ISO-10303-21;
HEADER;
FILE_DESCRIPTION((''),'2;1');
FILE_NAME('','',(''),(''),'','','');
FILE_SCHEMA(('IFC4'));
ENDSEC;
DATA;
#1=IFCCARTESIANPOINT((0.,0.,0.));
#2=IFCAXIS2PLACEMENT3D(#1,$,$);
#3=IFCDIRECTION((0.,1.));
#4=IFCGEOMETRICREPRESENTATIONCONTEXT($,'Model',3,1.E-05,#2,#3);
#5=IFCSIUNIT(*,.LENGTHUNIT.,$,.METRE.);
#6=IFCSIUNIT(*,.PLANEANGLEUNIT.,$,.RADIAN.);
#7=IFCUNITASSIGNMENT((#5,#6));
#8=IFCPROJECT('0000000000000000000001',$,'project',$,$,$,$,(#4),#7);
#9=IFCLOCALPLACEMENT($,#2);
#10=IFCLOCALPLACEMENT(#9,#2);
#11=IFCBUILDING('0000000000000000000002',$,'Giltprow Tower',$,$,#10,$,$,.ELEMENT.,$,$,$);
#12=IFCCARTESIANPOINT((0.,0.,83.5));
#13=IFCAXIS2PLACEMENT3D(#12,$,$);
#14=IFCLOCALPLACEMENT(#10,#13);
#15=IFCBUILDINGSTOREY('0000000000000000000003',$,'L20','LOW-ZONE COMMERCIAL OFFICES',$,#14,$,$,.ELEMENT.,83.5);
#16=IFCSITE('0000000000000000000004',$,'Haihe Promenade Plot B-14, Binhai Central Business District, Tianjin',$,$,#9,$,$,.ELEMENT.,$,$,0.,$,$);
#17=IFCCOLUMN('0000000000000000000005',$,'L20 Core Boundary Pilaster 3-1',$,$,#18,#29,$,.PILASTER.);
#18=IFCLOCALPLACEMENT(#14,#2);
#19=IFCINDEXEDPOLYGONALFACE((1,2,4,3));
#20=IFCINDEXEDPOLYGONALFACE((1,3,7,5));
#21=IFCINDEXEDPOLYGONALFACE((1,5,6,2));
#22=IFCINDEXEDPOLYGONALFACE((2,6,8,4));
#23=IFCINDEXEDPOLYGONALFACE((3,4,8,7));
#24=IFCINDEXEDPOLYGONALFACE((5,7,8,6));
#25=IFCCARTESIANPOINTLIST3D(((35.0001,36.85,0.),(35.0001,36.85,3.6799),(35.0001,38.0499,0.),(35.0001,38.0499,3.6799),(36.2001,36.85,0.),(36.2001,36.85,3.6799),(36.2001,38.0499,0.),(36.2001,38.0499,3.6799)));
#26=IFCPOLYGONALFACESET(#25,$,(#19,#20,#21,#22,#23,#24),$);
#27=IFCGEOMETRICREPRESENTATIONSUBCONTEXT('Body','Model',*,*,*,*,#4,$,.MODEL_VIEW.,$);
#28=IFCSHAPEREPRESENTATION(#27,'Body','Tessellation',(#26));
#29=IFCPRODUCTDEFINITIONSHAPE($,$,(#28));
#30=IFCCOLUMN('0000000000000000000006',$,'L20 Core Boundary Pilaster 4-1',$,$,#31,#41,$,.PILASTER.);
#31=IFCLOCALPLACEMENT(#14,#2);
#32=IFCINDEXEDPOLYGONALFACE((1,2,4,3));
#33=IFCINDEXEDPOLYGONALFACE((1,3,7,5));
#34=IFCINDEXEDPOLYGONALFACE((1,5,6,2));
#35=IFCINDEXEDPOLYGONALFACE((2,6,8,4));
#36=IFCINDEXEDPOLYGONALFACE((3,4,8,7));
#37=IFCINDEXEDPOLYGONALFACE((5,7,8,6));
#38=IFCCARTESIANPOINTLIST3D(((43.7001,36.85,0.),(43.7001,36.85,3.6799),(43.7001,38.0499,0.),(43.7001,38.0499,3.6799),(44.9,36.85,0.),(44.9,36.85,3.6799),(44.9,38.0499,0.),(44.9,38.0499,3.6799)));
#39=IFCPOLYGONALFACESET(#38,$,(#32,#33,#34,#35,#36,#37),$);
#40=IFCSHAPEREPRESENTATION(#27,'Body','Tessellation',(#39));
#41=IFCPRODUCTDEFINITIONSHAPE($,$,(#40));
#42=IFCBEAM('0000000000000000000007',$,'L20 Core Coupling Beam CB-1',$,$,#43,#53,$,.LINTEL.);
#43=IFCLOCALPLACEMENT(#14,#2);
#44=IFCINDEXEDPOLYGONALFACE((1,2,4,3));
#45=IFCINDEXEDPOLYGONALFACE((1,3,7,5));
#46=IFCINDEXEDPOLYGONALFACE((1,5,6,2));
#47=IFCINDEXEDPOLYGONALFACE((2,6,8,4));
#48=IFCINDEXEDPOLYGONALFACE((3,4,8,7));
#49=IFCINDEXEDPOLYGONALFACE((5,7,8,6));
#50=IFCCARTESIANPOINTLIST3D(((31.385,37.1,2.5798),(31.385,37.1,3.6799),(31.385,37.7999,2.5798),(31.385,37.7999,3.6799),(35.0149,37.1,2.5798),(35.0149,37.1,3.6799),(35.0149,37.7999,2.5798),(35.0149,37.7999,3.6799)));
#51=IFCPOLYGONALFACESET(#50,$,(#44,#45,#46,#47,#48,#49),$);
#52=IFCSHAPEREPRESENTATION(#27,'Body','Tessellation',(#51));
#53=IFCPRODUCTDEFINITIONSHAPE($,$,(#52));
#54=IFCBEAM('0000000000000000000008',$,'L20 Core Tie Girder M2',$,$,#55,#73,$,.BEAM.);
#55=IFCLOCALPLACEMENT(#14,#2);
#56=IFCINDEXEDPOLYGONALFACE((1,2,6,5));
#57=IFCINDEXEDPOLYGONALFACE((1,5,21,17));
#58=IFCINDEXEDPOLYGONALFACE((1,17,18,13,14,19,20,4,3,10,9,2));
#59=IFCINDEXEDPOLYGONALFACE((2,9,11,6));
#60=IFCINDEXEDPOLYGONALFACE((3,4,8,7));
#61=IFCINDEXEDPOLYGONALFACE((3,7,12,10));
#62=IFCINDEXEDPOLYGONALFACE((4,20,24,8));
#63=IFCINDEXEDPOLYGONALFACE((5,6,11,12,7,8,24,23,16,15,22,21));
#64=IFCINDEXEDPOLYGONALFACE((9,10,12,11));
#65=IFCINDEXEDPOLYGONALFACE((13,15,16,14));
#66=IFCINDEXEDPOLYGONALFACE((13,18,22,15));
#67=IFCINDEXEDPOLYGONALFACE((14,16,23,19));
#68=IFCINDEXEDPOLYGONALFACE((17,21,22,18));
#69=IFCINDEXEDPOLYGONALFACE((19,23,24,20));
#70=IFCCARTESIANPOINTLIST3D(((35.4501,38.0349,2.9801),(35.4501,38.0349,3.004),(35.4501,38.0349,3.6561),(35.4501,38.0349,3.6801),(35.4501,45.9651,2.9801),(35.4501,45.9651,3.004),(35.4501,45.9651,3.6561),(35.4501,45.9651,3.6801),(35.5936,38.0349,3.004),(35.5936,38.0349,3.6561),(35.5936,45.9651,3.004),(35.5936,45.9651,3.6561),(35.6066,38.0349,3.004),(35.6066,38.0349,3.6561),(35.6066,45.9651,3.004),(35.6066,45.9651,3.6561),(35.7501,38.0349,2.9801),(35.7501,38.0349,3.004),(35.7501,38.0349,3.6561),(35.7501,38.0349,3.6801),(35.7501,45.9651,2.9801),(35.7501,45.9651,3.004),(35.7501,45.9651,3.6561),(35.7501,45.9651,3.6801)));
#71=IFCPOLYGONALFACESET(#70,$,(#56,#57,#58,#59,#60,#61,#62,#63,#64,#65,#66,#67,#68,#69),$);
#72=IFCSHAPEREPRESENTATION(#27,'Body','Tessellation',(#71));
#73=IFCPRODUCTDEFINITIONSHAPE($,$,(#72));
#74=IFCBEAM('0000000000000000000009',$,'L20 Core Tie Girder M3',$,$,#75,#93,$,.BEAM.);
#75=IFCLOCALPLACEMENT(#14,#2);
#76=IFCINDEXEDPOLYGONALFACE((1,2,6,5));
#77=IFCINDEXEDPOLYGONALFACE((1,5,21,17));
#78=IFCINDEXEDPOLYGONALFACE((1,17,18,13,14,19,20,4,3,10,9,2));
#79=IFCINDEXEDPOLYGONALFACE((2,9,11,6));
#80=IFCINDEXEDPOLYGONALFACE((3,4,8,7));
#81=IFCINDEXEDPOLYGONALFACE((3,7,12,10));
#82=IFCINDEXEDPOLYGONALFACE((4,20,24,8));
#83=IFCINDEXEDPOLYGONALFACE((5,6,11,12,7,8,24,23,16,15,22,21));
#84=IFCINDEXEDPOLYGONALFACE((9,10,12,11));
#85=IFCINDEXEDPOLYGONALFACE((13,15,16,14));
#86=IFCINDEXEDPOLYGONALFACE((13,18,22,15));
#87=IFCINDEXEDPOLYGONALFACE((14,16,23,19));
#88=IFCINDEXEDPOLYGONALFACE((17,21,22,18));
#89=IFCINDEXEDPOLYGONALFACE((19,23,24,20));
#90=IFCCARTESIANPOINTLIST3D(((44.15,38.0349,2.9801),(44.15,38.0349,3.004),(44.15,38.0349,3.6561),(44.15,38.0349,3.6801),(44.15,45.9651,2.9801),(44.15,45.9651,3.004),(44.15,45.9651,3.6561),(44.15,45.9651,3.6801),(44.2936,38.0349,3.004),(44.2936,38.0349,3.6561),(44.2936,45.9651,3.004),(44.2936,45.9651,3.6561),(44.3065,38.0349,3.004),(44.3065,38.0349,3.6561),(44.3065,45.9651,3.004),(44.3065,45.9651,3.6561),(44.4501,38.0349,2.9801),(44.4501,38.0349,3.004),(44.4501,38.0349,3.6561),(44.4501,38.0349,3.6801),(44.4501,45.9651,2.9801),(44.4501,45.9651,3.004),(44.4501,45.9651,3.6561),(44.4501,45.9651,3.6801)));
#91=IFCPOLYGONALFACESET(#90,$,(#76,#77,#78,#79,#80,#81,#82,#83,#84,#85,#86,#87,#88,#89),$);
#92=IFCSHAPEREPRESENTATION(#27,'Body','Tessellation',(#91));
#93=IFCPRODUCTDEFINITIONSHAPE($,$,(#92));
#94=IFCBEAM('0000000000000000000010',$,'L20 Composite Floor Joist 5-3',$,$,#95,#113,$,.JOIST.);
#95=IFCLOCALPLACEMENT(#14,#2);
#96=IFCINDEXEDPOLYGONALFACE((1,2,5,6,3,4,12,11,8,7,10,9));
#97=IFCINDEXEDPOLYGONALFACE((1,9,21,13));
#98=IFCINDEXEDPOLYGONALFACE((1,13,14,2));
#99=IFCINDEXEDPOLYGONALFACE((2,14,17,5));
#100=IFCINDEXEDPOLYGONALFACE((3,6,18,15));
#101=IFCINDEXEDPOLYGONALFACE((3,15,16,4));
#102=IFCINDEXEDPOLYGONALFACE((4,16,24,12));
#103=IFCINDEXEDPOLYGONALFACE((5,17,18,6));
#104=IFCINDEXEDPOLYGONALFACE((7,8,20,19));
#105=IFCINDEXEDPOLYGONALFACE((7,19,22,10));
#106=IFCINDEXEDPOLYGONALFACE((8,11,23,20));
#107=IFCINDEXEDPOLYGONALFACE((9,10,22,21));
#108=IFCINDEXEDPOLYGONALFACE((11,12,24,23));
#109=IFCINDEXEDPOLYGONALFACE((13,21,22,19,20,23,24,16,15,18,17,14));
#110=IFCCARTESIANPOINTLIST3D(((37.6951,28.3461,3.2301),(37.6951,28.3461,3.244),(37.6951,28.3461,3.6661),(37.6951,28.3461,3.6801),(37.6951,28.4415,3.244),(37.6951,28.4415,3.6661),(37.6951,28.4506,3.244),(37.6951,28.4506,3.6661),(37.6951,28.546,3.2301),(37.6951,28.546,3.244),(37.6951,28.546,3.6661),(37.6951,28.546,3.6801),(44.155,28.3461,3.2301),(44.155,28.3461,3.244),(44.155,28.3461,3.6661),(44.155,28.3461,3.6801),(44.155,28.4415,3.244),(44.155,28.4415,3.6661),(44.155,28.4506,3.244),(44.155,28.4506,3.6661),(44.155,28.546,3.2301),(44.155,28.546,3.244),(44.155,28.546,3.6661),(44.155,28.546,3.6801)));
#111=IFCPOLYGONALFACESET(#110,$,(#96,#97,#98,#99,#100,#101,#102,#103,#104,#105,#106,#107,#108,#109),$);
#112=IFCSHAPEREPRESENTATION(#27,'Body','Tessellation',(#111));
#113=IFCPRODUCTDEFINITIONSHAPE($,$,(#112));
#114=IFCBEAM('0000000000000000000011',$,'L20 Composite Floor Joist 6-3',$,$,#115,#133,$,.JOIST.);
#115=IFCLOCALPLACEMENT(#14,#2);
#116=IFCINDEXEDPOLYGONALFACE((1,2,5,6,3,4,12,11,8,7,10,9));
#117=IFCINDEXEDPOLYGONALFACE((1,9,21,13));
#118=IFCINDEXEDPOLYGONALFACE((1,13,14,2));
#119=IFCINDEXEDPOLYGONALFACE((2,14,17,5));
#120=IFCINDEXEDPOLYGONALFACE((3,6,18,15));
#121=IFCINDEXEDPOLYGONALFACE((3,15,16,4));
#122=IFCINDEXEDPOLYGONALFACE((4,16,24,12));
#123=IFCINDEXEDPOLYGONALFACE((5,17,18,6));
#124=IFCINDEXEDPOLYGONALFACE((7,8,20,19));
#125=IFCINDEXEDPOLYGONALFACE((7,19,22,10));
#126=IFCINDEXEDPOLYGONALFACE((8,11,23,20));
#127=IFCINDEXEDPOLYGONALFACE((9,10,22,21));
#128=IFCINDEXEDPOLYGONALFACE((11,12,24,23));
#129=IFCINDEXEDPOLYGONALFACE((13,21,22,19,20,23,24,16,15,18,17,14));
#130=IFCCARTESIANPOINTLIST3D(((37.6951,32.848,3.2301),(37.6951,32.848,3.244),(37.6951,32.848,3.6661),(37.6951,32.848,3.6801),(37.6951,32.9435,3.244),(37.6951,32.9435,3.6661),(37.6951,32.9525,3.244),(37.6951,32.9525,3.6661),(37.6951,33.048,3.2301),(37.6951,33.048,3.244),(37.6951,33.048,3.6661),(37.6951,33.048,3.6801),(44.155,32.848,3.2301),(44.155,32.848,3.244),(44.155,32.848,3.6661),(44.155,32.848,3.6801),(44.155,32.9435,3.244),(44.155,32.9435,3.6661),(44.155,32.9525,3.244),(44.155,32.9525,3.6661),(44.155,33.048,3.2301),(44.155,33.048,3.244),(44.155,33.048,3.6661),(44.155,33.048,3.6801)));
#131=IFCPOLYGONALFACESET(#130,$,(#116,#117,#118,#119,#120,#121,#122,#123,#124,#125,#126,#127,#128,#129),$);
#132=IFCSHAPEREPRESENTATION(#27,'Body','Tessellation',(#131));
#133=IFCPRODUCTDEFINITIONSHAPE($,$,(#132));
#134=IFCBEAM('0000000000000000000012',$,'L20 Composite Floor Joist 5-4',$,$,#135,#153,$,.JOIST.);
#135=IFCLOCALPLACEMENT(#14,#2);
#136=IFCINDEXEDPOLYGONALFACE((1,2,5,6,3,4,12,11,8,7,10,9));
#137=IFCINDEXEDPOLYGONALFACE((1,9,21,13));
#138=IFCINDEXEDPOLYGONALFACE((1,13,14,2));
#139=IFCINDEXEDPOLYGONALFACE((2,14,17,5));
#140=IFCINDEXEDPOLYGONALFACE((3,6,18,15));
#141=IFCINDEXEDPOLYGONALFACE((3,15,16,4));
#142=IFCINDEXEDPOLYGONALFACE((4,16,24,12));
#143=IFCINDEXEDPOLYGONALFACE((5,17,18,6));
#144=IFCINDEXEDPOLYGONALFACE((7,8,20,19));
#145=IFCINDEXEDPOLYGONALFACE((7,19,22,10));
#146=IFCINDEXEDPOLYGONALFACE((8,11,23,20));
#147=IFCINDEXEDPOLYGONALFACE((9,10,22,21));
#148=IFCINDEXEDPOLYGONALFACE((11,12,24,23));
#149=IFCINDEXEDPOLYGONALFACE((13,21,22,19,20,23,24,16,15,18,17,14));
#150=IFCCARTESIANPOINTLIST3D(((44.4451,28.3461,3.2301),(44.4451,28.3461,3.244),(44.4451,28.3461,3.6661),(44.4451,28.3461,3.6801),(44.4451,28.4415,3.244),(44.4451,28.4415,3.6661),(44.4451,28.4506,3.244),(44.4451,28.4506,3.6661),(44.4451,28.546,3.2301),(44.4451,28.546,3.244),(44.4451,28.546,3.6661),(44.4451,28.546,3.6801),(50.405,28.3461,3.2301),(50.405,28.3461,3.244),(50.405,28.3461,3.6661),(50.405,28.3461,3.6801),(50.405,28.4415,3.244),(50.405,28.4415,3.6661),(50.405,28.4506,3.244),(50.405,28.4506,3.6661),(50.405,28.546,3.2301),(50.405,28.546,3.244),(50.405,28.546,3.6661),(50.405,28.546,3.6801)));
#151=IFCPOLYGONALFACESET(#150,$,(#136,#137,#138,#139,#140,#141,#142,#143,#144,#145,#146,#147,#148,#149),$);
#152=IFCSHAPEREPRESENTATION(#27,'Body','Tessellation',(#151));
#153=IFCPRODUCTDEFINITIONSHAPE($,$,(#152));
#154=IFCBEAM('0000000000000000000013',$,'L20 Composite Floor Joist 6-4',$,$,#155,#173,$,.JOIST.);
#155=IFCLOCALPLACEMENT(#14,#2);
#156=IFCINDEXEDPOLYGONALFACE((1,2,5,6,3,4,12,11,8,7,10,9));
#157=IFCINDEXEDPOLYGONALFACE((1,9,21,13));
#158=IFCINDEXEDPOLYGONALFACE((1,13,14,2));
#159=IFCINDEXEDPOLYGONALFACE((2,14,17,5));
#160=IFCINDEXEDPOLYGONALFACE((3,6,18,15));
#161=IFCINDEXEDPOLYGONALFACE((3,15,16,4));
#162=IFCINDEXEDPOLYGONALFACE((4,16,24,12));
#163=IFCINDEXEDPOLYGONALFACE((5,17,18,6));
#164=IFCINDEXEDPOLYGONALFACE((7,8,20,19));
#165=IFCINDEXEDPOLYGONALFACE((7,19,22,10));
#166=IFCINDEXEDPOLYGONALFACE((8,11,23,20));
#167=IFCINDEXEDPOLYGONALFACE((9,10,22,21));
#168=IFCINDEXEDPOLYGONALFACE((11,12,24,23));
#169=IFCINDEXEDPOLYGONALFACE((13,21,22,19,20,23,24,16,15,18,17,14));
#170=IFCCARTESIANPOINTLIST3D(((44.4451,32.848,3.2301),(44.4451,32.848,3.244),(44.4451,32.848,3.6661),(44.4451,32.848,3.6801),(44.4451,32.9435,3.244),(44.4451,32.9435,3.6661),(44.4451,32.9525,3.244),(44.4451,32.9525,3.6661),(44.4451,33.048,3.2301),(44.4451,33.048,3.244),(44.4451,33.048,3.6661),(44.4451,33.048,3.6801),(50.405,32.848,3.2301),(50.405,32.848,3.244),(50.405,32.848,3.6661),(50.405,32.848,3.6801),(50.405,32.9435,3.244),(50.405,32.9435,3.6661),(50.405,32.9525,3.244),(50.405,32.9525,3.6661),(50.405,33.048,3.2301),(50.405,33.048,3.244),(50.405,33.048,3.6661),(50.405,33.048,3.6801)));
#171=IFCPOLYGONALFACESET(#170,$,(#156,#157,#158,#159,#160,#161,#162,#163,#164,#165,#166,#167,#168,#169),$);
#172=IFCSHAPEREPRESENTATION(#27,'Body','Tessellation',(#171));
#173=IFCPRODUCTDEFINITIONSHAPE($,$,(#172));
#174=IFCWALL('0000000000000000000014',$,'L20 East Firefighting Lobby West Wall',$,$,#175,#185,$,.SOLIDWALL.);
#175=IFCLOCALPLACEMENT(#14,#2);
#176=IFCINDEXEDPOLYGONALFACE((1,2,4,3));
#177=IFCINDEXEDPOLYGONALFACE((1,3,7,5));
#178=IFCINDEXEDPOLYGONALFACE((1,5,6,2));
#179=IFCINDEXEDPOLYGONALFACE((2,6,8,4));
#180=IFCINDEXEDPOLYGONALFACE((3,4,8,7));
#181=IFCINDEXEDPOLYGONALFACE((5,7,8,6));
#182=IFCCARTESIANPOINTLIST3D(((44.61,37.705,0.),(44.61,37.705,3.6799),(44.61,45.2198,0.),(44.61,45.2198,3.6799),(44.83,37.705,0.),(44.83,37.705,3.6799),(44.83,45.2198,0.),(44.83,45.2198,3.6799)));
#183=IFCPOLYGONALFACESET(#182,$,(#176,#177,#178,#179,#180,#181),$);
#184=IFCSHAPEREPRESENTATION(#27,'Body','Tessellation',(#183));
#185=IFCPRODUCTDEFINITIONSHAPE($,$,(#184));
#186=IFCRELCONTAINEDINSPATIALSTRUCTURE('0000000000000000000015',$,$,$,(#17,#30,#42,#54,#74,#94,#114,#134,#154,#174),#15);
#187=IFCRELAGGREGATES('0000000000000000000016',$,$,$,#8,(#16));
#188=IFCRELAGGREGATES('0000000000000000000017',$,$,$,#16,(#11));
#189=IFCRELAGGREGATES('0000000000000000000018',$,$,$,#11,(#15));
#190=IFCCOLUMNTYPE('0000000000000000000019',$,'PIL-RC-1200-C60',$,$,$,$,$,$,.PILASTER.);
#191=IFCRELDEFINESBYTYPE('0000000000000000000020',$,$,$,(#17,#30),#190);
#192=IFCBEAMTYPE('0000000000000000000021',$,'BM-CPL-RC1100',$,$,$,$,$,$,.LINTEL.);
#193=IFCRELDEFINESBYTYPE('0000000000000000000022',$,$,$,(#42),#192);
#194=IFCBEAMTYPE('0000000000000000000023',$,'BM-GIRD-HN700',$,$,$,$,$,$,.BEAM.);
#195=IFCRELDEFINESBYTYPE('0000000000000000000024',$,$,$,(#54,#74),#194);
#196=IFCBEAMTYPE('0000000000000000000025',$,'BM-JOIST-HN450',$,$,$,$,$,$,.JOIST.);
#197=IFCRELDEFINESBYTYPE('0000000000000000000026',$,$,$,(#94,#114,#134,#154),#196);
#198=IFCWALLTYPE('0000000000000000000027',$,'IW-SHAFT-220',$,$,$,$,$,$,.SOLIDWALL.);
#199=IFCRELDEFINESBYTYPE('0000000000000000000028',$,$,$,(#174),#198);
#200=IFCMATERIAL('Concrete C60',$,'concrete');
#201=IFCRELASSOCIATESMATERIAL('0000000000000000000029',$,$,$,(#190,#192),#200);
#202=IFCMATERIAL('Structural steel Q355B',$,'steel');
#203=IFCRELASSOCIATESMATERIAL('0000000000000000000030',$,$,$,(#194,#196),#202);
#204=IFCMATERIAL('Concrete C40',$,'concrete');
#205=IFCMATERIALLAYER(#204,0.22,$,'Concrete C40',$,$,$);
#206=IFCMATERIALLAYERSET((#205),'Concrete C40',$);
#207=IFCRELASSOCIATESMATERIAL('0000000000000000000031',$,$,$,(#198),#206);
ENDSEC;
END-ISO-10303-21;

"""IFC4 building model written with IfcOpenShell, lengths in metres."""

from ifc_helpers import new_model, si_unit, direction, frame, frame_2d, origin, origin_2d, place, context, subcontext, project, spatial, rectangle, i_section, extrude, source, transform, mapped, material, layer, layer_set, material_profile, profile_set, type_object, element, save


model = new_model("IFC4")

# Units and contexts
model_context = context("Model", 3, precision=1e-05, world=origin(), true_north=direction((0.0, 1.0)))
body_context = subcontext(model_context, "Body", "Model", "MODEL_VIEW")
ifc_project = project(units=[si_unit("LENGTHUNIT", "METRE"), si_unit("PLANEANGLEUNIT", "RADIAN")], contexts=[model_context])

# Site, building, storey
site_placement = place(None, origin())
site = spatial("IfcSite", under=ifc_project, at=site_placement, Name="Haihe Promenade Plot B-14, Binhai Central Business District, Tianjin", CompositionType="ELEMENT", RefElevation=0.0)
building_placement = place(site_placement, origin())
building = spatial("IfcBuilding", under=site, at=building_placement, Name="Giltprow Tower", CompositionType="ELEMENT")
storey_placement = place(building_placement, frame((0.0, 0.0, 83.5)))
storey = spatial("IfcBuildingStorey", under=building, at=storey_placement, Name="L20", Description="LOW-ZONE COMMERCIAL OFFICES", CompositionType="ELEMENT", Elevation=83.5)

# Columns
ifc_material_1 = material(Name="Concrete C60", Category="concrete")
ifc_material_profile_1 = material_profile(ifc_material_1, rectangle(XDim=1.2, YDim=1.2, at=origin_2d()), Name="RC 1200x1200")
ifc_profile_set_1 = profile_set([ifc_material_profile_1], Name="Concrete C60")
column_type = type_object("IfcColumnType", Name="PIL-RC-1200-C60", PredefinedType="PILASTER", material=ifc_profile_set_1)
shared_shape_1 = source(origin(), body_context, "Body", "SweptSolid", [
    extrude(rectangle(XDim=1.2, YDim=1.2, at=origin_2d()), origin(), (0.0, 0.0, 1.0), 3.6799),
])
for number, where, z_axis, x_axis, name in (
    (1, (35.6001, 37.45, 0.0), (0.0, 0.0, 1.0), (1.0, 0.0, 0.0), "L20 Core Boundary Pilaster 3-1"),
    (2, (44.3, 37.45, 0.0), (0.0, 0.0, 1.0), (1.0, 0.0, 0.0), "L20 Core Boundary Pilaster 4-1"),
):
    element("IfcColumn", number, at=place(storey_placement, frame(where, z_axis=z_axis, x_axis=x_axis)), inside=storey, type_object=column_type, Name=name, PredefinedType="PILASTER", context=body_context, shape_type="MappedRepresentation", body=[
        mapped(shared_shape_1, transform((0.0, 0.0, 0.0), x_axis=(1.0, 0.0, 0.0), y_axis=(0.0, 1.0, 0.0), z_axis=(0.0, 0.0, 1.0), scale=1.0)),
    ])

# Beams
ifc_material_profile_2 = material_profile(ifc_material_1, rectangle(XDim=0.7, YDim=1.1001, at=origin_2d()), Name="RC 1100x700")
ifc_profile_set_2 = profile_set([ifc_material_profile_2], Name="Concrete C60")
beam_type_1 = type_object("IfcBeamType", Name="BM-CPL-RC1100", PredefinedType="LINTEL", material=ifc_profile_set_2)
shared_shape_2 = source(origin(), body_context, "Body", "SweptSolid", [
    extrude(rectangle(XDim=0.7, YDim=1.1001, at=origin_2d()), origin(), (0.0, 0.0, 1.0), 3.6299),
])
beam_placement = place(storey_placement, frame((31.385, 37.45, 3.1299), z_axis=(1.0, 0.0, 0.0), x_axis=(0.0, 1.0, 0.0)))
element("IfcBeam", 3, at=beam_placement, inside=storey, type_object=beam_type_1, Name="L20 Core Coupling Beam CB-1", PredefinedType="LINTEL", context=body_context, shape_type="MappedRepresentation", body=[
    mapped(shared_shape_2, transform((0.0, 0.0, 0.0), x_axis=(1.0, 0.0, 0.0), y_axis=(0.0, 1.0, 0.0), z_axis=(0.0, 0.0, 1.0), scale=1.0)),
])
ifc_material_2 = material(Name="Structural steel Q355B", Category="steel")
ifc_material_profile_3 = material_profile(ifc_material_2, i_section(OverallWidth=0.3, OverallDepth=0.7, WebThickness=0.0129, FlangeThickness=0.0239, at=origin_2d()), Name="HN 700x300x13x24")
ifc_profile_set_3 = profile_set([ifc_material_profile_3], Name="Structural steel Q355B")
beam_type_2 = type_object("IfcBeamType", Name="BM-GIRD-HN700", PredefinedType="BEAM", material=ifc_profile_set_3)
shared_shape_3 = source(origin(), body_context, "Body", "SweptSolid", [
    extrude(i_section(OverallWidth=0.3, OverallDepth=0.7, WebThickness=0.0129, FlangeThickness=0.0239, at=origin_2d()), origin(), (0.0, 0.0, 1.0), 7.9302),
])
for number, where, z_axis, x_axis, name in (
    (4, (35.6001, 38.0349, 3.3301), (0.0, 1.0, 0.0), (-1.0, 0.0, 0.0), "L20 Core Tie Girder M2"),
    (5, (44.3, 38.0349, 3.3301), (0.0, 1.0, 0.0), (-1.0, 0.0, 0.0), "L20 Core Tie Girder M3"),
):
    element("IfcBeam", number, at=place(storey_placement, frame(where, z_axis=z_axis, x_axis=x_axis)), inside=storey, type_object=beam_type_2, Name=name, PredefinedType="BEAM", context=body_context, shape_type="MappedRepresentation", body=[
        mapped(shared_shape_3, transform((0.0, 0.0, 0.0), x_axis=(1.0, 0.0, 0.0), y_axis=(0.0, 1.0, 0.0), z_axis=(0.0, 0.0, 1.0), scale=1.0)),
    ])
ifc_material_profile_4 = material_profile(ifc_material_2, i_section(OverallWidth=0.2, OverallDepth=0.45, WebThickness=0.009, FlangeThickness=0.0139, at=origin_2d()), Name="HN 450x200x9x14")
ifc_profile_set_4 = profile_set([ifc_material_profile_4], Name="Structural steel Q355B")
beam_type_3 = type_object("IfcBeamType", Name="BM-JOIST-HN450", PredefinedType="JOIST", material=ifc_profile_set_4)
shared_shape_4 = source(origin(), body_context, "Body", "SweptSolid", [
    extrude(i_section(OverallWidth=0.2, OverallDepth=0.45, WebThickness=0.009, FlangeThickness=0.0139, at=origin_2d()), origin(), (0.0, 0.0, 1.0), 6.46),
])
for number, where, z_axis, x_axis, name in (
    (6, (37.6951, 28.446, 3.4551), (1.0, 0.0, 0.0), (0.0, 1.0, 0.0), "L20 Composite Floor Joist 5-3"),
    (7, (37.6951, 32.948, 3.4551), (1.0, 0.0, 0.0), (0.0, 1.0, 0.0), "L20 Composite Floor Joist 6-3"),
):
    element("IfcBeam", number, at=place(storey_placement, frame(where, z_axis=z_axis, x_axis=x_axis)), inside=storey, type_object=beam_type_3, Name=name, PredefinedType="JOIST", context=body_context, shape_type="MappedRepresentation", body=[
        mapped(shared_shape_4, transform((0.0, 0.0, 0.0), x_axis=(1.0, 0.0, 0.0), y_axis=(0.0, 1.0, 0.0), z_axis=(0.0, 0.0, 1.0), scale=1.0)),
    ])
shared_shape_5 = source(origin(), body_context, "Body", "SweptSolid", [
    extrude(i_section(OverallWidth=0.2, OverallDepth=0.45, WebThickness=0.009, FlangeThickness=0.0139, at=origin_2d()), origin(), (0.0, 0.0, 1.0), 5.96),
])
for number, where, z_axis, x_axis, name in (
    (8, (44.4451, 28.446, 3.4551), (1.0, 0.0, 0.0), (0.0, 1.0, 0.0), "L20 Composite Floor Joist 5-4"),
    (9, (44.4451, 32.948, 3.4551), (1.0, 0.0, 0.0), (0.0, 1.0, 0.0), "L20 Composite Floor Joist 6-4"),
):
    element("IfcBeam", number, at=place(storey_placement, frame(where, z_axis=z_axis, x_axis=x_axis)), inside=storey, type_object=beam_type_3, Name=name, PredefinedType="JOIST", context=body_context, shape_type="MappedRepresentation", body=[
        mapped(shared_shape_5, transform((0.0, 0.0, 0.0), x_axis=(1.0, 0.0, 0.0), y_axis=(0.0, 1.0, 0.0), z_axis=(0.0, 0.0, 1.0), scale=1.0)),
    ])

# Wall
ifc_material_3 = material(Name="Concrete C40", Category="concrete")
ifc_layer_1 = layer(ifc_material_3, 0.22, Name="Concrete C40")
ifc_layer_set_1 = layer_set([ifc_layer_1], Name="Concrete C40")
wall_type_1 = type_object("IfcWallType", Name="IW-SHAFT-220", PredefinedType="SOLIDWALL", material=ifc_layer_set_1)
wall_1_placement = place(storey_placement, frame((44.72, 37.7051, 0.0), z_axis=(0.0, 0.0, 1.0), x_axis=(0.0, 1.0, 0.0)))
element("IfcWall", 10, at=wall_1_placement, inside=storey, type_object=wall_type_1, Name="L20 East Firefighting Lobby West Wall", PredefinedType="SOLIDWALL", context=body_context, shape_type="SweptSolid", body=[
    extrude(rectangle(XDim=7.5149, YDim=0.22, at=frame_2d((3.7573, 0.0))), origin(), (0.0, 0.0, 1.0), 3.6799),
])

save(model, "model.ifc")
